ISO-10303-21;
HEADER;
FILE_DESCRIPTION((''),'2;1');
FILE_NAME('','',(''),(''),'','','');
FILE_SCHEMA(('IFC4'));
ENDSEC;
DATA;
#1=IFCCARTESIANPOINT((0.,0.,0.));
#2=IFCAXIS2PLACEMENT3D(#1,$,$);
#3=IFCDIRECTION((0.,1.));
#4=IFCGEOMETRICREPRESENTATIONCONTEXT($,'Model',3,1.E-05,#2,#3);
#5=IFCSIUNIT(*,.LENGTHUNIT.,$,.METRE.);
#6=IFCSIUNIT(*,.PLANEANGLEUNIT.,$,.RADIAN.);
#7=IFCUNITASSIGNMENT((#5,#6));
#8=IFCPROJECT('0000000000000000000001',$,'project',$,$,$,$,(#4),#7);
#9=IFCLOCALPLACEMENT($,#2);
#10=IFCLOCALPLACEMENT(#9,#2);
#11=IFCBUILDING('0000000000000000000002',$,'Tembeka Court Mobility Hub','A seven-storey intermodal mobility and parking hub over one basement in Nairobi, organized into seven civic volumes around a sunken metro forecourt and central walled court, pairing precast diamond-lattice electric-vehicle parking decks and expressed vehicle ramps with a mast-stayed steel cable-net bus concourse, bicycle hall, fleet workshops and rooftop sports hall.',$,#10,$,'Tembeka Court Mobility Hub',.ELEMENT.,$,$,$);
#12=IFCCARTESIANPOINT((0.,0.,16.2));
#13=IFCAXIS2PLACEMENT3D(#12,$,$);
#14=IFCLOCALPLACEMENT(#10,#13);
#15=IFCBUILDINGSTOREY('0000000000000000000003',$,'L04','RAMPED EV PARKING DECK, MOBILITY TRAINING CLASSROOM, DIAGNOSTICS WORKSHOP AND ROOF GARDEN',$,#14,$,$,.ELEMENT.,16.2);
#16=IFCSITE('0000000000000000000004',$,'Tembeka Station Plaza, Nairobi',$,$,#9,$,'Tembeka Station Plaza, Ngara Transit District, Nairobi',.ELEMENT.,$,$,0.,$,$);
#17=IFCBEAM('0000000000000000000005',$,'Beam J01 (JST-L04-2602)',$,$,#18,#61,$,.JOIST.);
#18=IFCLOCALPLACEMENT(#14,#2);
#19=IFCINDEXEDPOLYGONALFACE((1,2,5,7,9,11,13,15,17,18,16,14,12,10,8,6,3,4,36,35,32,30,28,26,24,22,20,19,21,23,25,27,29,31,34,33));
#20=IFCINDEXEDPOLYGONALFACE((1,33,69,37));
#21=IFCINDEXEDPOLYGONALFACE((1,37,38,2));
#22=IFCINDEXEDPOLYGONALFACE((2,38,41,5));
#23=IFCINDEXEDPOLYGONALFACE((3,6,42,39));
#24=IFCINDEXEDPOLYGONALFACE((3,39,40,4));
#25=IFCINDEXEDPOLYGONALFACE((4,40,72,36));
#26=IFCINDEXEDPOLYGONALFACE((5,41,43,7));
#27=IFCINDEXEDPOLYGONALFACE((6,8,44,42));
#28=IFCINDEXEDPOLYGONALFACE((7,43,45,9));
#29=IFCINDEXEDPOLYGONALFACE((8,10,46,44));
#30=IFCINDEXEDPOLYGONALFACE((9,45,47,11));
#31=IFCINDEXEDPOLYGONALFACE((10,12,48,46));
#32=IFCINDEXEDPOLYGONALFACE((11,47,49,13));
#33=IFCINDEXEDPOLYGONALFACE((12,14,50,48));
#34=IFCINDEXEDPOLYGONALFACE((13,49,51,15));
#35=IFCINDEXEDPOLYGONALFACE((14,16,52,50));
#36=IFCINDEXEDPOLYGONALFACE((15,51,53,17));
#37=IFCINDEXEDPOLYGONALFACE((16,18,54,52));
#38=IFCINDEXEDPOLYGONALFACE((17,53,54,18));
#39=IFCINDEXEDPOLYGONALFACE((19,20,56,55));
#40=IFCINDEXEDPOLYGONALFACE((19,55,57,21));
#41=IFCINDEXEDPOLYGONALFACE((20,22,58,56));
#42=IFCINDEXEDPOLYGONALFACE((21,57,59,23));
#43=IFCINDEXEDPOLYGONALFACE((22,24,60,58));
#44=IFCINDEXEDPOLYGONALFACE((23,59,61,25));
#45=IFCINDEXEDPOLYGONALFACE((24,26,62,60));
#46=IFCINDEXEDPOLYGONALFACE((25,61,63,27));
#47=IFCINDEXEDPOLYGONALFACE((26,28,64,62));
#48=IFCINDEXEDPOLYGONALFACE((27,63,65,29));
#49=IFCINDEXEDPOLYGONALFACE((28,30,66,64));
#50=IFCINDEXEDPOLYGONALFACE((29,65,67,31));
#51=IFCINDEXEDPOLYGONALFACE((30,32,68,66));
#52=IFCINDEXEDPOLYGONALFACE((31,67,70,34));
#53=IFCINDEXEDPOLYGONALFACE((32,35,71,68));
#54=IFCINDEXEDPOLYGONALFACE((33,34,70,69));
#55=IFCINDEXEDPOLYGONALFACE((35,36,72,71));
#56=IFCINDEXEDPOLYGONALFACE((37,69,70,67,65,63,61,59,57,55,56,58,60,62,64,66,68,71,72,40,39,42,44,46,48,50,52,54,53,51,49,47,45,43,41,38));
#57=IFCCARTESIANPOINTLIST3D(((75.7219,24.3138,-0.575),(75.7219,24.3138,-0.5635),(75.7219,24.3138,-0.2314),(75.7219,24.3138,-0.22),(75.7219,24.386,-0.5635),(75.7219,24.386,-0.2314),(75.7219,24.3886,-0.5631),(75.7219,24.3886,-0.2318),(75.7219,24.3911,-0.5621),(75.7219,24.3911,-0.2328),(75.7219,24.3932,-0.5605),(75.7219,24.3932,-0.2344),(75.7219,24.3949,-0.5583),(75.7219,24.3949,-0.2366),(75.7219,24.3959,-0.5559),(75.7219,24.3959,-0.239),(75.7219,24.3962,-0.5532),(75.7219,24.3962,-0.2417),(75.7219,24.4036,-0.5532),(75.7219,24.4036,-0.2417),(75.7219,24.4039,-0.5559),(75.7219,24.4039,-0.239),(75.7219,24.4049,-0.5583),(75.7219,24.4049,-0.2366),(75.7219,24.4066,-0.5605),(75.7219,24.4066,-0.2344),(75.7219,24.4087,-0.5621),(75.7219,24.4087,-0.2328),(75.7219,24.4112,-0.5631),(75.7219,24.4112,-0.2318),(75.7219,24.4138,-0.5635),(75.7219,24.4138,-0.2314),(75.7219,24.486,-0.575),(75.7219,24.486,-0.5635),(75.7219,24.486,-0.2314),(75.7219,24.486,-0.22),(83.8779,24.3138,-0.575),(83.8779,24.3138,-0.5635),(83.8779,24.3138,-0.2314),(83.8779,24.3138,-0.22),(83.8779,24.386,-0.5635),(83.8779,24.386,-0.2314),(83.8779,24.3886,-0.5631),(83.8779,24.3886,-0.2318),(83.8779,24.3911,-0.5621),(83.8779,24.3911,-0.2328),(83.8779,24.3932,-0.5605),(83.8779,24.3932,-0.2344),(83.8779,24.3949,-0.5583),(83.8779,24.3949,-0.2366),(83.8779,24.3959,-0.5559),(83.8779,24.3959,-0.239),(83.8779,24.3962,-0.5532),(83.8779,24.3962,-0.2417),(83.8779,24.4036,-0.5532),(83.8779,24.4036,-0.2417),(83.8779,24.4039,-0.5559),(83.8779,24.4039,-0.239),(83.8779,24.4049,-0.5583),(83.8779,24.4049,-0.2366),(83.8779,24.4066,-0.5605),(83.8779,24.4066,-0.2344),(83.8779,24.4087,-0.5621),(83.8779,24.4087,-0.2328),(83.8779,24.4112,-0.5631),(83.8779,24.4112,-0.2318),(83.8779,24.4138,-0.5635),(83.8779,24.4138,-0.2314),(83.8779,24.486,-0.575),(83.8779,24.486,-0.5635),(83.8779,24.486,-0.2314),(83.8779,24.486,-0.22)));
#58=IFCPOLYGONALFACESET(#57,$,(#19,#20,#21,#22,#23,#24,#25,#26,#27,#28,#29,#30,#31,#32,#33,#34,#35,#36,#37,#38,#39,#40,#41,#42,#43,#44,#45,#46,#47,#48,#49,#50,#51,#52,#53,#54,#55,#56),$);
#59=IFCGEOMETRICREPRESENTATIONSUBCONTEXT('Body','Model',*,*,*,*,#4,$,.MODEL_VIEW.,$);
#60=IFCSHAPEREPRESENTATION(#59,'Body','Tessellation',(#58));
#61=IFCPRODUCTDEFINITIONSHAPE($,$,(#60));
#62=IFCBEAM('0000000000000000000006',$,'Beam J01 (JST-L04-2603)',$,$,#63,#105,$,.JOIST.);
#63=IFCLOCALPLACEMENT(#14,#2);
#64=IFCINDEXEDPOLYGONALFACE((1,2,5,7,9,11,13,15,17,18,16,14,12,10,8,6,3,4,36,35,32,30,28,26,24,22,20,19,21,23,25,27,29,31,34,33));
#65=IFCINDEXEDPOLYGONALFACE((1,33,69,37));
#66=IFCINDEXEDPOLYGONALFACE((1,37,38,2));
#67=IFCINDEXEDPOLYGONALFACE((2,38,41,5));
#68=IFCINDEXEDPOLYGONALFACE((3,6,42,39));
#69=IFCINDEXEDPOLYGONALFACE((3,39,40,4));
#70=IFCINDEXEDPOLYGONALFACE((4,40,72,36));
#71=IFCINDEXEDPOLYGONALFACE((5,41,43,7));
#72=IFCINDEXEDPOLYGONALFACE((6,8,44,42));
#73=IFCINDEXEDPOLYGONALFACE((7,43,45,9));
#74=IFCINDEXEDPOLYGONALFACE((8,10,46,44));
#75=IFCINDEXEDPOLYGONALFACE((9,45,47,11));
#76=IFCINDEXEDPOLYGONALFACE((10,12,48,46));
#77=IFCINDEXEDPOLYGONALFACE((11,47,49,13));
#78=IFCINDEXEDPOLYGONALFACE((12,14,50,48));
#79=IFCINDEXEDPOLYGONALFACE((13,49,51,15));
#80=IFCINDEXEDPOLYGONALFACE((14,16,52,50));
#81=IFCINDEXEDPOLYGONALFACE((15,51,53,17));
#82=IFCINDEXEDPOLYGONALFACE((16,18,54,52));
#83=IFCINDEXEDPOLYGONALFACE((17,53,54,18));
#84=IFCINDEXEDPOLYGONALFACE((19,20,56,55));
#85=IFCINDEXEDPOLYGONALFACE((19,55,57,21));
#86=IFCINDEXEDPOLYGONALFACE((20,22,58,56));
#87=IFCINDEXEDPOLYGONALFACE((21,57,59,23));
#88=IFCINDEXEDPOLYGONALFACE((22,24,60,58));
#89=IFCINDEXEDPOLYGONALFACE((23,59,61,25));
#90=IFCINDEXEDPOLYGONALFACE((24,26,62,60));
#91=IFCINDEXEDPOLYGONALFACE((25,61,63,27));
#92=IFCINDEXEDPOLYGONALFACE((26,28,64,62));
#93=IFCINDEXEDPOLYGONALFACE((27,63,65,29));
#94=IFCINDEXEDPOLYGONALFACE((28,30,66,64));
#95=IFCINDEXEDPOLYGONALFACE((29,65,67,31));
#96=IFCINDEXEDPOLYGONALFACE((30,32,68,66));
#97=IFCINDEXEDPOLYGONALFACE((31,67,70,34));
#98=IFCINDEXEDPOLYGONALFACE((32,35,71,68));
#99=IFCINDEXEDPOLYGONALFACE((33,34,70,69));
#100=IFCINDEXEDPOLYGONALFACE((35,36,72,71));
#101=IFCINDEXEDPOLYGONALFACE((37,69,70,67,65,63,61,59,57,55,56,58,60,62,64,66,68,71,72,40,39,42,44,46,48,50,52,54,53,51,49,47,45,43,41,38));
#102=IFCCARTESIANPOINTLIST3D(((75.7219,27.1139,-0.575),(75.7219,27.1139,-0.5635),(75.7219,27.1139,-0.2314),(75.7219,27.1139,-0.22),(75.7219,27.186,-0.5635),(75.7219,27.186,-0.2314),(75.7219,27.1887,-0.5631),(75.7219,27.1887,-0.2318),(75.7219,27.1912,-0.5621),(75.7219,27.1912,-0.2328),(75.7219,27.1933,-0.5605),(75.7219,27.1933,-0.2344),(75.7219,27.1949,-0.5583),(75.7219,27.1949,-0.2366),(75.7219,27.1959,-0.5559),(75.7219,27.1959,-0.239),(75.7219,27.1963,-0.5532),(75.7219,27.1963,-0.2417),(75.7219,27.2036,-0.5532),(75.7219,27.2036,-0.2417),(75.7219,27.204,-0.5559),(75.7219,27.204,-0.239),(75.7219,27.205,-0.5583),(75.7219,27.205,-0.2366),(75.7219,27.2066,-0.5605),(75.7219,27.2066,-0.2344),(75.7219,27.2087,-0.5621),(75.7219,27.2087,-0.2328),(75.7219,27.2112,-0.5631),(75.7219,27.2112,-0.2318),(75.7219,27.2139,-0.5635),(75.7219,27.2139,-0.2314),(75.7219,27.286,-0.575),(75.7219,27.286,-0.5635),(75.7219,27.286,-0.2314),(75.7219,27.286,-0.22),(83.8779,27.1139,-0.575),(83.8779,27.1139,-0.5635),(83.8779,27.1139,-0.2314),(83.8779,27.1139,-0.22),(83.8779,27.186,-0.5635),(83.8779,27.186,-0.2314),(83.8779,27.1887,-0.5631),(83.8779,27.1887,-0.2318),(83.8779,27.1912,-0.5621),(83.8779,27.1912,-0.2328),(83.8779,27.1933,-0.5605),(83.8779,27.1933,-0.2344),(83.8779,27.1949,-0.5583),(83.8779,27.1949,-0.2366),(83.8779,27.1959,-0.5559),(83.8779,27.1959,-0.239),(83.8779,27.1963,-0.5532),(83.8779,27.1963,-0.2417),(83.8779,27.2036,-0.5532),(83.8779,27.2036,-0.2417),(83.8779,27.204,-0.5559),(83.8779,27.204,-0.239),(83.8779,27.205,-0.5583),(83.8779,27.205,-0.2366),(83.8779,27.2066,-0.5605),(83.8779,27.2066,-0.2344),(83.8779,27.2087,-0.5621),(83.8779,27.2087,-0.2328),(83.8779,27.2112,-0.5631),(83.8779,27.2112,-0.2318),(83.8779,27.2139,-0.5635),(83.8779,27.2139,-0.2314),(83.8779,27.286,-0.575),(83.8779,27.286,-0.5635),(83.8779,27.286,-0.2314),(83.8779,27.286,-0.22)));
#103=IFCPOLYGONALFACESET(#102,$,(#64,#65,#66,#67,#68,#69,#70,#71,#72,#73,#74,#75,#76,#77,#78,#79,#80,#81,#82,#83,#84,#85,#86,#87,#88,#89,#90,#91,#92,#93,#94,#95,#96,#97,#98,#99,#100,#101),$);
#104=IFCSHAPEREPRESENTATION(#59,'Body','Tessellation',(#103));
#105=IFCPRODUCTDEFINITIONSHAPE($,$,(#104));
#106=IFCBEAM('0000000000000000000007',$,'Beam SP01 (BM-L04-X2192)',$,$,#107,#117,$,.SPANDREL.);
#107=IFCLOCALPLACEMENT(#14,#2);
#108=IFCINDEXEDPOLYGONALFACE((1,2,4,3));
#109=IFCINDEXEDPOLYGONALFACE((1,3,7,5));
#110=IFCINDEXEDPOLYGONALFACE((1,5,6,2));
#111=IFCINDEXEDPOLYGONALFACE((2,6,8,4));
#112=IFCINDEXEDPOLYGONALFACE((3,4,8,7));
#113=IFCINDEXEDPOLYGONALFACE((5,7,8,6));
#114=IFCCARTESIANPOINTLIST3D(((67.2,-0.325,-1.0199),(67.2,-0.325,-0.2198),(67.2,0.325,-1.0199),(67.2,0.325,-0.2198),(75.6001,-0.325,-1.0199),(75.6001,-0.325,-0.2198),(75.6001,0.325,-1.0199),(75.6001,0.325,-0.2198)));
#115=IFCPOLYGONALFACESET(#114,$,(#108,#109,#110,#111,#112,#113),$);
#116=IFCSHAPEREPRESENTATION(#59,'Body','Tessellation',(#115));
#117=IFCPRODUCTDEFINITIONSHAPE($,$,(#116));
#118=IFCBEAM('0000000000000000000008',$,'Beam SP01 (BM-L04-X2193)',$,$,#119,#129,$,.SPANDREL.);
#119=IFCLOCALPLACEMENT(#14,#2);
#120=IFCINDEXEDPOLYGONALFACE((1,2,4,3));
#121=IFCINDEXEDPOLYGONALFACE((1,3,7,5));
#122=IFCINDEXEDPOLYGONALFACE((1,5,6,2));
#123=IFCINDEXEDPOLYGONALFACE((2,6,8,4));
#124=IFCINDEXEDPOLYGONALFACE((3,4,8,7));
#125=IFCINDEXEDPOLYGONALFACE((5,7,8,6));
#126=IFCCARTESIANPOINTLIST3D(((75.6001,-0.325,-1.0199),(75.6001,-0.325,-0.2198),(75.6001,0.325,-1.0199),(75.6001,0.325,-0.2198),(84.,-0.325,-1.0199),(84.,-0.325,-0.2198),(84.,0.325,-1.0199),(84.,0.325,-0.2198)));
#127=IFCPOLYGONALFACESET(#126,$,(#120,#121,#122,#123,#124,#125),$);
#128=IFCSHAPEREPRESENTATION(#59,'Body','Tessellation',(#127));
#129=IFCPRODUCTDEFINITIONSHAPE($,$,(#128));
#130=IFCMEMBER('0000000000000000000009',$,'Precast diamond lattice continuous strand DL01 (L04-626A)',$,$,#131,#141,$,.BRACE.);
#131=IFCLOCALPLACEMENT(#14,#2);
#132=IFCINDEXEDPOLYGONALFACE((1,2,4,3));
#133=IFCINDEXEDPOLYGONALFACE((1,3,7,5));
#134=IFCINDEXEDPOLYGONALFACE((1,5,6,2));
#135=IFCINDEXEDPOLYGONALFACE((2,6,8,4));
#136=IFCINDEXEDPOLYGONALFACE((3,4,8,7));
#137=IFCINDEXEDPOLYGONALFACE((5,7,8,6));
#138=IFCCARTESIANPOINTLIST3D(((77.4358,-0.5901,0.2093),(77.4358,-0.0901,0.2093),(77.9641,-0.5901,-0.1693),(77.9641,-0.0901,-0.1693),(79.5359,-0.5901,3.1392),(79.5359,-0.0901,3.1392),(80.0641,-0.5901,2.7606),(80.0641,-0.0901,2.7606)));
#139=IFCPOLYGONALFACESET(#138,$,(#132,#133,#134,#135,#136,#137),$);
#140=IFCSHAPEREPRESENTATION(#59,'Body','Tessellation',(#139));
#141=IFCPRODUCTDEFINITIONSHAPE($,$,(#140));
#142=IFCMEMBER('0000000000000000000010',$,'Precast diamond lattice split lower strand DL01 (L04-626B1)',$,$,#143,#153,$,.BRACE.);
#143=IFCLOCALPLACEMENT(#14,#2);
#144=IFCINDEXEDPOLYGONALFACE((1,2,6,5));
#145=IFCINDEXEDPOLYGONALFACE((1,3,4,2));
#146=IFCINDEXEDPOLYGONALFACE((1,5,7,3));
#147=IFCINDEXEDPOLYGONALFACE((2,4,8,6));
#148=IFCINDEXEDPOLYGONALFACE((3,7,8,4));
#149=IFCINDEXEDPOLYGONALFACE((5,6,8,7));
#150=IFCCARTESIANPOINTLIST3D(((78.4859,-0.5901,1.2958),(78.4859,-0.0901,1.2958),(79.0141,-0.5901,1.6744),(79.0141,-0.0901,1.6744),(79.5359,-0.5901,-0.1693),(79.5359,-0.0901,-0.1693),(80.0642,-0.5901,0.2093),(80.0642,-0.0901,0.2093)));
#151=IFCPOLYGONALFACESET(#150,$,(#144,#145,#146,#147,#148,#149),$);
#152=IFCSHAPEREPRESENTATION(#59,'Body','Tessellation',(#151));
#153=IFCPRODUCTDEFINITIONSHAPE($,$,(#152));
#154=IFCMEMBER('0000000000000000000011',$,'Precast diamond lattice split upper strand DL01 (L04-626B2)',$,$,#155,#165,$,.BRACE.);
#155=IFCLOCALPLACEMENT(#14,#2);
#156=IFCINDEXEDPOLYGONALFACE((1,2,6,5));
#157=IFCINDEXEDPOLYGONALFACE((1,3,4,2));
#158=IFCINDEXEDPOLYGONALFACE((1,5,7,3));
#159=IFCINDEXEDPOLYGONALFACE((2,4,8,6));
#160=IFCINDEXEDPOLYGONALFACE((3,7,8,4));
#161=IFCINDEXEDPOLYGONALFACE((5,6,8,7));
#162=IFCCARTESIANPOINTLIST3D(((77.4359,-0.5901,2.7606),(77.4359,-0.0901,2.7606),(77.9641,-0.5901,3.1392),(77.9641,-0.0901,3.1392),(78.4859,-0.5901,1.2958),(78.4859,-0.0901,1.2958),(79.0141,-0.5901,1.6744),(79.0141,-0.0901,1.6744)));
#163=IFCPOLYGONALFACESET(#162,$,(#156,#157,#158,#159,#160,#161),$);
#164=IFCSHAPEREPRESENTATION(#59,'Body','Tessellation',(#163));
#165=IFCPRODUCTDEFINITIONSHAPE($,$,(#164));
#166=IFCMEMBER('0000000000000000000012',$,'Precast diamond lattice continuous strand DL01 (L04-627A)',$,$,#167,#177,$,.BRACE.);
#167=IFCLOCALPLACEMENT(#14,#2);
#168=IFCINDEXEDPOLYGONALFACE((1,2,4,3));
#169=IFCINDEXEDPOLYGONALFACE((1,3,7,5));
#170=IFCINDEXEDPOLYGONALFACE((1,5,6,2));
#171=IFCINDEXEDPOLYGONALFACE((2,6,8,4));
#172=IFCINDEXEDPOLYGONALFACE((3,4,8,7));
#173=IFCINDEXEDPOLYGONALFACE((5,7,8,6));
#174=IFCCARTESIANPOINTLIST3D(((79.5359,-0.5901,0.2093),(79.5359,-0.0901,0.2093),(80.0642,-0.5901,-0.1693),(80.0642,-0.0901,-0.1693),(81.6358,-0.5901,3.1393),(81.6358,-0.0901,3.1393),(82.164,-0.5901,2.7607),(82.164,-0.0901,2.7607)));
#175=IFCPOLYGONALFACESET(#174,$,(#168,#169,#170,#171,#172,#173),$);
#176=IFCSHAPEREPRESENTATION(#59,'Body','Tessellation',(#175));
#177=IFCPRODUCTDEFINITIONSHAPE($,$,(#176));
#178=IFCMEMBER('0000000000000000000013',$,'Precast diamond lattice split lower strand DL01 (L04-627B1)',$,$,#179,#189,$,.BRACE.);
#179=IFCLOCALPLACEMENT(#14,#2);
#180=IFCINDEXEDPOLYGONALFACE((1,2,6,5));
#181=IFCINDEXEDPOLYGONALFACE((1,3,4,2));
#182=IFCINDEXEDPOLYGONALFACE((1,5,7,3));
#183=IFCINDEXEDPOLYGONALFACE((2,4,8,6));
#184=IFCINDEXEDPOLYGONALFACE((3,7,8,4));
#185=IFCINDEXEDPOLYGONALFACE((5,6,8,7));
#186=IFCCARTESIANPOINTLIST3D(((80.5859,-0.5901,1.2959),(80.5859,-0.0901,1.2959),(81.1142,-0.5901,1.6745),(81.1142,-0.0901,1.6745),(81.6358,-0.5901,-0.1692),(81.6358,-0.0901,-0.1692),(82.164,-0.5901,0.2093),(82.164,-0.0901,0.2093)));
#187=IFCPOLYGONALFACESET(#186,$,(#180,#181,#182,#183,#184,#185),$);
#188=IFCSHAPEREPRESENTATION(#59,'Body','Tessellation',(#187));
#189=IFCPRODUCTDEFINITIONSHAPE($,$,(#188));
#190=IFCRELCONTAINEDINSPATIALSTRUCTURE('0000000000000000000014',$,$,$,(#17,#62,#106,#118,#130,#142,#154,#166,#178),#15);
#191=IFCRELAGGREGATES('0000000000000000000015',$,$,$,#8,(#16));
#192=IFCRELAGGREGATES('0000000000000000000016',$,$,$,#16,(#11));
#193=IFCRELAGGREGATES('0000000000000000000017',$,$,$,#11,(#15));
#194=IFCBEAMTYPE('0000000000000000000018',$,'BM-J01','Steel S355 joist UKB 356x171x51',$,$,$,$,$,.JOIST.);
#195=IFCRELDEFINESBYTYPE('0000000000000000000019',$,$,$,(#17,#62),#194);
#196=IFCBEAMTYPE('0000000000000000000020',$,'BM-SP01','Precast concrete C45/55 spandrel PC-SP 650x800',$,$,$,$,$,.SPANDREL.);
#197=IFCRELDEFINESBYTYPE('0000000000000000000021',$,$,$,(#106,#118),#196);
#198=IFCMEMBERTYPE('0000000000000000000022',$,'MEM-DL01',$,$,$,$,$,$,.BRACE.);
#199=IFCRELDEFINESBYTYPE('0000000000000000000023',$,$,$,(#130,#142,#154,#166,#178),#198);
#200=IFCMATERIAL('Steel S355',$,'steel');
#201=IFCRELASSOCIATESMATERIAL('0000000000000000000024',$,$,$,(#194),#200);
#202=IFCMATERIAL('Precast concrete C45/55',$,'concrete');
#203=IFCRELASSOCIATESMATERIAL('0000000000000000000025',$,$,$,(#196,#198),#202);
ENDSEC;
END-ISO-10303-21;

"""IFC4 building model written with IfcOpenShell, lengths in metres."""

from ifc_helpers import new_model, si_unit, direction, frame, origin, origin_2d, place, context, subcontext, project, spatial, rectangle, i_section, extrude, material, material_profile, profile_set, type_object, element, save


model = new_model("IFC4")

# Units and contexts
model_context = context("Model", 3, precision=1e-05, world=origin(), true_north=direction((0.0, 1.0)))
body_context = subcontext(model_context, "Body", "Model", "MODEL_VIEW")
ifc_project = project(units=[si_unit("LENGTHUNIT", "METRE"), si_unit("PLANEANGLEUNIT", "RADIAN")], contexts=[model_context])

# Site, building, storey
site_placement = place(None, origin())
site = spatial("IfcSite", under=ifc_project, at=site_placement, Name="Tembeka Station Plaza, Nairobi", LongName="Tembeka Station Plaza, Ngara Transit District, Nairobi", CompositionType="ELEMENT", RefElevation=0.0)
building_placement = place(site_placement, origin())
building = spatial("IfcBuilding", under=site, at=building_placement, Name="Tembeka Court Mobility Hub", Description="A seven-storey intermodal mobility and parking hub over one basement in Nairobi, organized into seven civic volumes around a sunken metro forecourt and central walled court, pairing precast diamond-lattice electric-vehicle parking decks and expressed vehicle ramps with a mast-stayed steel cable-net bus concourse, bicycle hall, fleet workshops and rooftop sports hall.", LongName="Tembeka Court Mobility Hub", CompositionType="ELEMENT")
storey_placement = place(building_placement, frame((0.0, 0.0, 16.2)))
storey = spatial("IfcBuildingStorey", under=building, at=storey_placement, Name="L04", Description="RAMPED EV PARKING DECK, MOBILITY TRAINING CLASSROOM, DIAGNOSTICS WORKSHOP AND ROOF GARDEN", CompositionType="ELEMENT", Elevation=16.2)

# Shared definitions
ifc_material_1 = material(Name="Steel S355", Category="steel")

# Beams
ifc_material_profile_1 = material_profile(ifc_material_1, i_section(OverallWidth=0.1721, OverallDepth=0.355, WebThickness=0.0073, FlangeThickness=0.0115, FilletRadius=0.0103, at=origin_2d()), Name="UKB 356x171x51")
ifc_profile_set_1 = profile_set([ifc_material_profile_1], Name="Steel S355")
beam_type_1 = type_object("IfcBeamType", Name="BM-J01", Description="Steel S355 joist UKB 356x171x51", PredefinedType="JOIST", material=ifc_profile_set_1)
for number, where, z_axis, x_axis, name in (
    (1, (75.7219, 24.3999, -0.3975), (1.0, 0.0, 0.0), (0.0, 1.0, 0.0), "Beam J01 (JST-L04-2602)"),
    (2, (75.7219, 27.2, -0.3975), (1.0, 0.0, 0.0), (0.0, 1.0, 0.0), "Beam J01 (JST-L04-2603)"),
):
    element("IfcBeam", number, at=place(storey_placement, frame(where, z_axis=z_axis, x_axis=x_axis)), inside=storey, type_object=beam_type_1, Name=name, PredefinedType="JOIST", context=body_context, shape_type="SweptSolid", body=[
        extrude(i_section(OverallWidth=0.1721, OverallDepth=0.355, WebThickness=0.0073, FlangeThickness=0.0115, FilletRadius=0.0103, at=origin_2d()), origin(), (0.0, 0.0, 1.0), 8.156),
    ])
ifc_material_2 = material(Name="Precast concrete C45/55", Category="concrete")
ifc_material_profile_2 = material_profile(ifc_material_2, rectangle(XDim=0.6499, YDim=0.8, at=origin_2d()), Name="PC-SP 650x800")
ifc_profile_set_2 = profile_set([ifc_material_profile_2], Name="Precast concrete C45/55")
beam_type_2 = type_object("IfcBeamType", Name="BM-SP01", Description="Precast concrete C45/55 spandrel PC-SP 650x800", PredefinedType="SPANDREL", material=ifc_profile_set_2)
beam_1_placement = place(storey_placement, frame((67.2, 0.0, -0.6199), z_axis=(1.0, 0.0, 0.0), x_axis=(0.0, 1.0, 0.0)))
element("IfcBeam", 3, at=beam_1_placement, inside=storey, type_object=beam_type_2, Name="Beam SP01 (BM-L04-X2192)", PredefinedType="SPANDREL", context=body_context, shape_type="SweptSolid", body=[
    extrude(rectangle(XDim=0.6499, YDim=0.8, at=origin_2d()), origin(), (0.0, 0.0, 1.0), 8.4001),
])
beam_2_placement = place(storey_placement, frame((75.6001, 0.0, -0.6199), z_axis=(1.0, 0.0, 0.0), x_axis=(0.0, 1.0, 0.0)))
element("IfcBeam", 4, at=beam_2_placement, inside=storey, type_object=beam_type_2, Name="Beam SP01 (BM-L04-X2193)", PredefinedType="SPANDREL", context=body_context, shape_type="SweptSolid", body=[
    extrude(rectangle(XDim=0.6499, YDim=0.8, at=origin_2d()), origin(), (0.0, 0.0, 1.0), 8.3999),
])

# Members
ifc_material_profile_3 = material_profile(ifc_material_2, rectangle(XDim=0.5, YDim=0.6499, at=origin_2d()), Name="PC-DIAG 500x650")
ifc_profile_set_3 = profile_set([ifc_material_profile_3], Name="Precast concrete C45/55")
member_type_1 = type_object("IfcMemberType", Name="MEM-DL01", PredefinedType="BRACE", material=ifc_profile_set_3)
member_1_placement = place(storey_placement, frame((77.7, -0.3401, 0.02), z_axis=(0.582576, 0.0, 0.812776), x_axis=(0.0, 1.0, 0.0)))
element("IfcMember", 5, at=member_1_placement, inside=storey, type_object=member_type_1, Name="Precast diamond lattice continuous strand DL01 (L04-626A)", PredefinedType="BRACE", context=body_context, shape_type="SweptSolid", body=[
    extrude(rectangle(XDim=0.5, YDim=0.6499, at=origin_2d()), origin(), (0.0, 0.0, 1.0), 3.6047),
])
member_2_placement = place(storey_placement, frame((79.8, -0.3401, 0.02), z_axis=(-0.582544, 0.0, 0.812799), x_axis=(0.0, -1.0, 0.0)))
element("IfcMember", 6, at=member_2_placement, inside=storey, type_object=member_type_1, Name="Precast diamond lattice split lower strand DL01 (L04-626B1)", PredefinedType="BRACE", context=body_context, shape_type="SweptSolid", body=[
    extrude(rectangle(XDim=0.5, YDim=0.6499, at=origin_2d()), origin(), (0.0, 0.0, 1.0), 1.8025),
])
member_3_placement = place(storey_placement, frame((78.75, -0.3401, 1.4851), z_axis=(-0.582608, 0.0, 0.812753), x_axis=(0.0, -1.0, 0.0)))
element("IfcMember", 7, at=member_3_placement, inside=storey, type_object=member_type_1, Name="Precast diamond lattice split upper strand DL01 (L04-626B2)", PredefinedType="BRACE", context=body_context, shape_type="SweptSolid", body=[
    extrude(rectangle(XDim=0.5, YDim=0.6499, at=origin_2d()), origin(), (0.0, 0.0, 1.0), 1.8022),
])
member_4_placement = place(storey_placement, frame((79.8, -0.3401, 0.02), z_axis=(0.582532, 0.0, 0.812808), x_axis=(0.0, 1.0, 0.0)))
element("IfcMember", 8, at=member_4_placement, inside=storey, type_object=member_type_1, Name="Precast diamond lattice continuous strand DL01 (L04-627A)", PredefinedType="BRACE", context=body_context, shape_type="SweptSolid", body=[
    extrude(rectangle(XDim=0.5, YDim=0.6499, at=origin_2d()), origin(), (0.0, 0.0, 1.0), 3.6047),
])
member_5_placement = place(storey_placement, frame((81.8999, -0.3401, 0.02), z_axis=(-0.582455, 0.0, 0.812863), x_axis=(0.0, -1.0, 0.0)))
element("IfcMember", 9, at=member_5_placement, inside=storey, type_object=member_type_1, Name="Precast diamond lattice split lower strand DL01 (L04-627B1)", PredefinedType="BRACE", context=body_context, shape_type="SweptSolid", body=[
    extrude(rectangle(XDim=0.5, YDim=0.6499, at=origin_2d()), origin(), (0.0, 0.0, 1.0), 1.8025),
])

save(model, "model.ifc")
